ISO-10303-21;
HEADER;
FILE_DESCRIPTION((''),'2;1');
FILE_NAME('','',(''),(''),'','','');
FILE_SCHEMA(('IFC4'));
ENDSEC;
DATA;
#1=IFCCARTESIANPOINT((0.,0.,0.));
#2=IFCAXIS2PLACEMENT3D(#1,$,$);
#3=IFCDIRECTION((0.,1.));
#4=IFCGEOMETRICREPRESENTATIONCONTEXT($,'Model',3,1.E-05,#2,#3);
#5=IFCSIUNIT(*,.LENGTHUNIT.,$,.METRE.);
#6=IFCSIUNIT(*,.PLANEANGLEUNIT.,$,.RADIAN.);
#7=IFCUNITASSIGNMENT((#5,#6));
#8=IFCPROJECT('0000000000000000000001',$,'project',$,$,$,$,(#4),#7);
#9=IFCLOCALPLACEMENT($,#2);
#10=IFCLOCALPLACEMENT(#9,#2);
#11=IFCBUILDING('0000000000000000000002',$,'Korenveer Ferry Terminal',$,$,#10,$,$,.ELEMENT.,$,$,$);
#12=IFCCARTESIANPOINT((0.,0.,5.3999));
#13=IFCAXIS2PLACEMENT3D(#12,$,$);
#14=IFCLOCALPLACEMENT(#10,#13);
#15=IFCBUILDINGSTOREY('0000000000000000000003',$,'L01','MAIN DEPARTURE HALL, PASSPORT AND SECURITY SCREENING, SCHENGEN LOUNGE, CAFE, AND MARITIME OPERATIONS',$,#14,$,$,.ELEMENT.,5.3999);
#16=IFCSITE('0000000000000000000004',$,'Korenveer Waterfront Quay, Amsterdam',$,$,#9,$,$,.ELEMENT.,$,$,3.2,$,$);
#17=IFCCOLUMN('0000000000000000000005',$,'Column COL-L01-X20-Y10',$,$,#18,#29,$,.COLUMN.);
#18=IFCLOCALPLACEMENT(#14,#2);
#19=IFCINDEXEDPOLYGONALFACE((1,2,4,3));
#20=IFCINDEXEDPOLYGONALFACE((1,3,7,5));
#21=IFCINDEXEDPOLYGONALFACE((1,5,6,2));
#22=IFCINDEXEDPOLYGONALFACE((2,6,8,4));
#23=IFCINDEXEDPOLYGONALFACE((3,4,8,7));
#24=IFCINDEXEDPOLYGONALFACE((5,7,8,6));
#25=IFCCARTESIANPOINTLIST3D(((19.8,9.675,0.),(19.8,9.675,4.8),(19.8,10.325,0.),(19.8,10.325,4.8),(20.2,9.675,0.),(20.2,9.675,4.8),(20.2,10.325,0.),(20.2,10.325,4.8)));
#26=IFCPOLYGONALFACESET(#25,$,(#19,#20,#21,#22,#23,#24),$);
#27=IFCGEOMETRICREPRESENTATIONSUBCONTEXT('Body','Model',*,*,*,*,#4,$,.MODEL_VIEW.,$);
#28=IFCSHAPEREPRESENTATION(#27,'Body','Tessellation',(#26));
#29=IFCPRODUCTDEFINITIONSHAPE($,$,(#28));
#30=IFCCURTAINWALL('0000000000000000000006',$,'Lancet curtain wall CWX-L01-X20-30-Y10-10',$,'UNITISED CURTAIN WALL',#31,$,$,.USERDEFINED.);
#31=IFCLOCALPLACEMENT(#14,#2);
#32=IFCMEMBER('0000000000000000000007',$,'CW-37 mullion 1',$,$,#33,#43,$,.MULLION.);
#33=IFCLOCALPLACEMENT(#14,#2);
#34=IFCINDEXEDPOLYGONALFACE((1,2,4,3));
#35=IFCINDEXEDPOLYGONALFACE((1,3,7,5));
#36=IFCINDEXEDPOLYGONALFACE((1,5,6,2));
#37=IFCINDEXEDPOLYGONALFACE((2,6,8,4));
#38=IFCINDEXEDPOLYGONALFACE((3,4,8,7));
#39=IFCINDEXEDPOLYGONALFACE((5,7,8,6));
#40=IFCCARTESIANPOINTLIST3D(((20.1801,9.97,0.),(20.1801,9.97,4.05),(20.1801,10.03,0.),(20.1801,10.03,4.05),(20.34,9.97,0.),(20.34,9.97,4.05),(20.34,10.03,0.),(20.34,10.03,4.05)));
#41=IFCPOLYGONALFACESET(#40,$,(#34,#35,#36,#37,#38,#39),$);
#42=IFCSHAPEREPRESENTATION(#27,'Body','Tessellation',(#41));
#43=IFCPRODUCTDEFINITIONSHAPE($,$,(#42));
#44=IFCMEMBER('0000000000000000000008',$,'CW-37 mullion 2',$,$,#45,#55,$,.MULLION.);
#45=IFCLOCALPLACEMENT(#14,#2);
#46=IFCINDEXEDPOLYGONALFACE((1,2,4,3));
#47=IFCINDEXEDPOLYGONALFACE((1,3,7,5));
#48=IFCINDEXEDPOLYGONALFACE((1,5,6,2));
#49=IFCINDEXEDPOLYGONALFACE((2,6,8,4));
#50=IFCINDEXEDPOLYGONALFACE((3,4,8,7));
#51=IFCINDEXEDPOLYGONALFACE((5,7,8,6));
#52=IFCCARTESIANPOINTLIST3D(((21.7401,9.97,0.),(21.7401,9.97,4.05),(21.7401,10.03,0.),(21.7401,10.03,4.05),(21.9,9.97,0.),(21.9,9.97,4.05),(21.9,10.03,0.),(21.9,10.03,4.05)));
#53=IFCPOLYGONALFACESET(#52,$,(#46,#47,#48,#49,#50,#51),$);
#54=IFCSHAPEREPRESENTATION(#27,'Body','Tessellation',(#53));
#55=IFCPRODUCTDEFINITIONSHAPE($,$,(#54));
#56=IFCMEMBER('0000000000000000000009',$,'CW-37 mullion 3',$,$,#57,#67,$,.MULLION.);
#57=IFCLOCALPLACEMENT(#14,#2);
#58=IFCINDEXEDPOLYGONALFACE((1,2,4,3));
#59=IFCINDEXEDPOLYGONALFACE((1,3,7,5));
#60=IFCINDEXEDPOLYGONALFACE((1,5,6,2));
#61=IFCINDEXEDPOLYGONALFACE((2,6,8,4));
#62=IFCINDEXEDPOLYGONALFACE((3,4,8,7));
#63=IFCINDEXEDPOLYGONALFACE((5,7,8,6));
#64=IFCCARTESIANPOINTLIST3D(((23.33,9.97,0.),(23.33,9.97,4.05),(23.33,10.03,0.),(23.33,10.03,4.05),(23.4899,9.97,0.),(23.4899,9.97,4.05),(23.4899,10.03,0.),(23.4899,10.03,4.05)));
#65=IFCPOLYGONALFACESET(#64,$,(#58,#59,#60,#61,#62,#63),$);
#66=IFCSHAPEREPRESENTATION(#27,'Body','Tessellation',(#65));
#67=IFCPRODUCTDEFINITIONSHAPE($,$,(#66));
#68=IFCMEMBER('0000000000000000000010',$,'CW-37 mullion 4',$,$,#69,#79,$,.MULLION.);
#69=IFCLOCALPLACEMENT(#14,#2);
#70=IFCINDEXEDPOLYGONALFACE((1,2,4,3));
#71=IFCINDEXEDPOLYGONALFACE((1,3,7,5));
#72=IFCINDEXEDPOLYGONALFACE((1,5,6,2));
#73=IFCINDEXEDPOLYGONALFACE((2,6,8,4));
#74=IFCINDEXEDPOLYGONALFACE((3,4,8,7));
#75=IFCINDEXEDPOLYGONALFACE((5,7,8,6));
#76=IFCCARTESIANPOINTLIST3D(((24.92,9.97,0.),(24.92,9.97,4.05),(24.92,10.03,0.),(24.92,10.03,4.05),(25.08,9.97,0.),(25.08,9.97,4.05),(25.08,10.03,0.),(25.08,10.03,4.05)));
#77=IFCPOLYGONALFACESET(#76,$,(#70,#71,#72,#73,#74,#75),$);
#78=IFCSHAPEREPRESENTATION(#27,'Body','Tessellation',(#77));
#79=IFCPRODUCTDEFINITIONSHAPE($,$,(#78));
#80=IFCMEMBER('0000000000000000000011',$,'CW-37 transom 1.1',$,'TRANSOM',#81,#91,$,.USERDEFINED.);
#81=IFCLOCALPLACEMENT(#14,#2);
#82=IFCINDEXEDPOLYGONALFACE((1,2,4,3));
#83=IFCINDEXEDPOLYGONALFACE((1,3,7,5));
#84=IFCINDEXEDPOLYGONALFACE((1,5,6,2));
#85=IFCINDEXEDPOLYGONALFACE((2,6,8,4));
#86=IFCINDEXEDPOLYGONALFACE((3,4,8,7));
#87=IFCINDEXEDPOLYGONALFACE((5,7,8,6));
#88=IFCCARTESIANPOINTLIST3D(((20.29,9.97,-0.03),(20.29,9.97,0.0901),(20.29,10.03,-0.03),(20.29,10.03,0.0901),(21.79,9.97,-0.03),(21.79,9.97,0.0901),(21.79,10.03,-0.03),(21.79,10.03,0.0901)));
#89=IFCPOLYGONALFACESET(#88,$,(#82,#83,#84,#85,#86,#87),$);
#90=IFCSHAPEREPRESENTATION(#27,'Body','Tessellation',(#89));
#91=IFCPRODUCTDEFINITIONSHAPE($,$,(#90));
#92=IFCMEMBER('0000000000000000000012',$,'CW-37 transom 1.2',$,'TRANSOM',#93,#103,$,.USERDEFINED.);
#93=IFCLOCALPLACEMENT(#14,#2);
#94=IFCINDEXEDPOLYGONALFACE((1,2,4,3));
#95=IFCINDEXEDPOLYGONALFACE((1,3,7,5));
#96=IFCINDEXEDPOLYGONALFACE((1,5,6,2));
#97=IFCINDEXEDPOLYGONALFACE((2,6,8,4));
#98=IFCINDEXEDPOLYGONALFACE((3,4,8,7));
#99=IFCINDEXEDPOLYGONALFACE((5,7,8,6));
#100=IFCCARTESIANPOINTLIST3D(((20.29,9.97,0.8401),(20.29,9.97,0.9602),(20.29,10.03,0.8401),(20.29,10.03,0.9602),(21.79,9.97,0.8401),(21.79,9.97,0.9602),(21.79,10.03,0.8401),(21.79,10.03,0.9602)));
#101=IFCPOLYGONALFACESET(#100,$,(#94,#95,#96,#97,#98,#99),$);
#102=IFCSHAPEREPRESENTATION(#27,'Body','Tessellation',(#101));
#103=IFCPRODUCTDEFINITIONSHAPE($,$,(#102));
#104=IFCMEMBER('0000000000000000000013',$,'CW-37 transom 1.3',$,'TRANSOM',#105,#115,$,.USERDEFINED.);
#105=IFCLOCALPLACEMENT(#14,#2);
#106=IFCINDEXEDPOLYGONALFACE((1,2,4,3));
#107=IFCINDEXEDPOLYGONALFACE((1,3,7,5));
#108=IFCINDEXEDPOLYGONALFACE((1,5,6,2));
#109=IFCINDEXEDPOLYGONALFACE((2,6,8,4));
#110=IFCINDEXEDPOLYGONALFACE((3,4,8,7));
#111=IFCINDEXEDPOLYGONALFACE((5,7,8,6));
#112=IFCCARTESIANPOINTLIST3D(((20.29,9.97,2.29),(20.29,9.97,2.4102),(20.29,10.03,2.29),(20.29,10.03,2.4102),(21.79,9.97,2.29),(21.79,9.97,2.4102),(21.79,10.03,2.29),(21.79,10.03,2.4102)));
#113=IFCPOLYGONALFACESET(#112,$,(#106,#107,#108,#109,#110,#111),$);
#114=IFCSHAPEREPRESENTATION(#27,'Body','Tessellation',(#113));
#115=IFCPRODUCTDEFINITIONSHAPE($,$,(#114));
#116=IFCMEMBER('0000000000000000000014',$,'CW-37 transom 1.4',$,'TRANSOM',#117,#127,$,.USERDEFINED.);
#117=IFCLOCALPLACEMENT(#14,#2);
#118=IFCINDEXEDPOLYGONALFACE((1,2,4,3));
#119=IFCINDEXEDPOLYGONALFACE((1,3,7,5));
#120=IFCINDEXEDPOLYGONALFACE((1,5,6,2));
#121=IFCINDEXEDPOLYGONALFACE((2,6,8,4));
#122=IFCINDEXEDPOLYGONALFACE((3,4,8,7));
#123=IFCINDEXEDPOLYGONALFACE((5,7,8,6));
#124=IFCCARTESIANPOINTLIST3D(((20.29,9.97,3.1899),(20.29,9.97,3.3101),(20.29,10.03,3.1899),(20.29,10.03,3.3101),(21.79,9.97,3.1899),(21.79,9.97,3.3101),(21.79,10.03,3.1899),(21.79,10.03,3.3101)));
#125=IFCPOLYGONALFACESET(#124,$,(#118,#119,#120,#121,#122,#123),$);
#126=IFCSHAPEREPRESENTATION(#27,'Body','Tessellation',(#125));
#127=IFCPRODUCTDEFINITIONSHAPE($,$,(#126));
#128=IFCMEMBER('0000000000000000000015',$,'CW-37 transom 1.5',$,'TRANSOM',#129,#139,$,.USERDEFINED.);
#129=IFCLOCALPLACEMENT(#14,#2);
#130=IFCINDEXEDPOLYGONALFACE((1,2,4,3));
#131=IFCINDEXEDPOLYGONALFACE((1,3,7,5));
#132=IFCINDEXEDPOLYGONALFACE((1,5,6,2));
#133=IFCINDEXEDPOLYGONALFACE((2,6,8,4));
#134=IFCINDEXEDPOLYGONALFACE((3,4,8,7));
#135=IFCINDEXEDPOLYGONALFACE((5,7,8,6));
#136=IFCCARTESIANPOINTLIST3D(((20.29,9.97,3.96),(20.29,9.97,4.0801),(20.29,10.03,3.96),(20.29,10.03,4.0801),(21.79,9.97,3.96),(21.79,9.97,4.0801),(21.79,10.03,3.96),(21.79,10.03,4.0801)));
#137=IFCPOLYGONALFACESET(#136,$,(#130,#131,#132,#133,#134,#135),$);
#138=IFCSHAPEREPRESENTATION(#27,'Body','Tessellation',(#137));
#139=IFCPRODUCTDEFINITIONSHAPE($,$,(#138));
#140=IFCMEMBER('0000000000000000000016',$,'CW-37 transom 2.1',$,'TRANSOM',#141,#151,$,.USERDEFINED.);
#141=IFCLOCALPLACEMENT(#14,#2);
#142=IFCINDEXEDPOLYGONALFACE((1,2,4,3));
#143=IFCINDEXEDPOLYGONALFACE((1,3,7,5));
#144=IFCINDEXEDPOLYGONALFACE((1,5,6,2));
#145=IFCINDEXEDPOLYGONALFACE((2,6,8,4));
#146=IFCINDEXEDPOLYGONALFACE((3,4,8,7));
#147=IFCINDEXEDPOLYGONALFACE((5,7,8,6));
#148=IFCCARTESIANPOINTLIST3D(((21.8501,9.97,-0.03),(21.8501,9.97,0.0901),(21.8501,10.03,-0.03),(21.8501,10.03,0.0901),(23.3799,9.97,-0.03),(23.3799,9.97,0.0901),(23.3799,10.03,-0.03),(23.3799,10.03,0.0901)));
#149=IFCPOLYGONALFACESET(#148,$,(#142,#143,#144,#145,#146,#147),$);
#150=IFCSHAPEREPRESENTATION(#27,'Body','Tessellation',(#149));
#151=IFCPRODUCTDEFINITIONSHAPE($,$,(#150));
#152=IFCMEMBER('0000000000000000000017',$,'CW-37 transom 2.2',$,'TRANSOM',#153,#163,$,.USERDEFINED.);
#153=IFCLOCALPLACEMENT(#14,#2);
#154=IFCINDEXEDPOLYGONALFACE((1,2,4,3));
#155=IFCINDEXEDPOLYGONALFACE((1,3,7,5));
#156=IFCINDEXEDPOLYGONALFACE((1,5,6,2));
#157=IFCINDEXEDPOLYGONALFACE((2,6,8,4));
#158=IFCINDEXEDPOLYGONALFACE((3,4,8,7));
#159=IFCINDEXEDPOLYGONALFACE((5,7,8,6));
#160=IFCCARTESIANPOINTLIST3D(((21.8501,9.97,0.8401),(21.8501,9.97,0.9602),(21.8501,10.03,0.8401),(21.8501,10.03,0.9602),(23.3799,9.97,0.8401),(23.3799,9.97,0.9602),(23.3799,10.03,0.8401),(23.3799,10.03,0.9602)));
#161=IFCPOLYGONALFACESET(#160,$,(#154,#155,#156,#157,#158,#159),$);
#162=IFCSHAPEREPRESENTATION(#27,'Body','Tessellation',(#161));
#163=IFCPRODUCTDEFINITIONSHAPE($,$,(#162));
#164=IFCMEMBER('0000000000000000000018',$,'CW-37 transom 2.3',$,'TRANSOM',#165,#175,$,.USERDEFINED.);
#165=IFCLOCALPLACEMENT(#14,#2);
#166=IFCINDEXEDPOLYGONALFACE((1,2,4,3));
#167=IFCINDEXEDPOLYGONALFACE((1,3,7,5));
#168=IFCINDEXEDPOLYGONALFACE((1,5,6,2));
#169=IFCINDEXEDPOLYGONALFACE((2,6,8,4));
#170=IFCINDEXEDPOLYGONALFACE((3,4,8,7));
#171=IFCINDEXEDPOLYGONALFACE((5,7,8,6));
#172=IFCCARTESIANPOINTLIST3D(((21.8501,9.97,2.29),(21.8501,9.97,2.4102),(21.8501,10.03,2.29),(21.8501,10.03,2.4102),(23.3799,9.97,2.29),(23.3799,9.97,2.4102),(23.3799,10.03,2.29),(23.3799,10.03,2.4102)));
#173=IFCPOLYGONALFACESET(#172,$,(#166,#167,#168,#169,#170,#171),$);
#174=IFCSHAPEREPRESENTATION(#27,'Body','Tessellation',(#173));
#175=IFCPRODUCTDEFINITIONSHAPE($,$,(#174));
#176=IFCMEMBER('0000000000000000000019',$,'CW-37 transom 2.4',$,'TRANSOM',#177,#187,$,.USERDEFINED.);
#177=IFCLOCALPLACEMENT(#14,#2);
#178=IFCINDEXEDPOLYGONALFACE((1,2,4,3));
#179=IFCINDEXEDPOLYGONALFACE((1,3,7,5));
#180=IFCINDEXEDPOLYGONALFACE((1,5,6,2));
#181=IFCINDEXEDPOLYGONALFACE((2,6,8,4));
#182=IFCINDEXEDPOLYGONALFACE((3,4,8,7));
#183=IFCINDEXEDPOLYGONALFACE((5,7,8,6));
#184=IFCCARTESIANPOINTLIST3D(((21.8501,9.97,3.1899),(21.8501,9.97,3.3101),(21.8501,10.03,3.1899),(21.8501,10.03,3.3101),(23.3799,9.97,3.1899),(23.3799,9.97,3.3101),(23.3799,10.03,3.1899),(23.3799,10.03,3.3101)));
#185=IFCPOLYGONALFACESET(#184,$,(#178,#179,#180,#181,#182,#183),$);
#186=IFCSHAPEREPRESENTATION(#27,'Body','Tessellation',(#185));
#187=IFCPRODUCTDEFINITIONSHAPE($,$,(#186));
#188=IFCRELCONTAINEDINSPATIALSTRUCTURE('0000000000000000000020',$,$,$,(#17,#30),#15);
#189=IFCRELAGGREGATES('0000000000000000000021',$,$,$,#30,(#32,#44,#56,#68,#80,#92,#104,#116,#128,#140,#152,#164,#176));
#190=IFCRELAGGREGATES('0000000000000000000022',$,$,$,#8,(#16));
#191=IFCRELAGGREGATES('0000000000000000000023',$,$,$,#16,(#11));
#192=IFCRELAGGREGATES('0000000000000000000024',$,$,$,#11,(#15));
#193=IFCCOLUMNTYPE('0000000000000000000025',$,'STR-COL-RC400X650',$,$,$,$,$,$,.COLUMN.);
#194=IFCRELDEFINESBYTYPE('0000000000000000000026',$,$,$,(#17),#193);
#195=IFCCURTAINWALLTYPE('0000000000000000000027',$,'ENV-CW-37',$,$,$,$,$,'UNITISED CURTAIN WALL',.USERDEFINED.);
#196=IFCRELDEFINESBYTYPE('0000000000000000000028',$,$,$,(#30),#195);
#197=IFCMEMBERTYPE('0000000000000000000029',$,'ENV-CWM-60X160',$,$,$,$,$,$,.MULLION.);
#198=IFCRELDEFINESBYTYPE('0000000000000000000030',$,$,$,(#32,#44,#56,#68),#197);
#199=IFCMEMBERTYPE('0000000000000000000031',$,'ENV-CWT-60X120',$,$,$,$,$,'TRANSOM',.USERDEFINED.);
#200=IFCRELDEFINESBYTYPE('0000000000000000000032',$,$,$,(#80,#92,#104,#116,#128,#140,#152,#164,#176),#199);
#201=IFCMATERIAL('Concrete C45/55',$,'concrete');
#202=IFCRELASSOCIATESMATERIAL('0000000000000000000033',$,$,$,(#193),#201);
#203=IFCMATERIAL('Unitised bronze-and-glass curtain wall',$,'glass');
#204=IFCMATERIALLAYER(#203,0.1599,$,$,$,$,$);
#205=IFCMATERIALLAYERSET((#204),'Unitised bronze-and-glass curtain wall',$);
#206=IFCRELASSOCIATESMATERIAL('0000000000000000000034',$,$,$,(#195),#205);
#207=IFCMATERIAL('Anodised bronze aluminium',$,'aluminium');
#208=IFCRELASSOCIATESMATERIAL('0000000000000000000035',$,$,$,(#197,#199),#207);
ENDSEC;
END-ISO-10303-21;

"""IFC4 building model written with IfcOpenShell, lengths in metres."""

from ifc_helpers import new_model, si_unit, direction, frame, origin, origin_2d, place, context, subcontext, project, spatial, rectangle, extrude, material, layer, layer_set, material_profile, profile_set, type_object, element, aggregate, save


model = new_model("IFC4")

# Units and contexts
model_context = context("Model", 3, precision=1e-05, world=origin(), true_north=direction((0.0, 1.0)))
body_context = subcontext(model_context, "Body", "Model", "MODEL_VIEW")
ifc_project = project(units=[si_unit("LENGTHUNIT", "METRE"), si_unit("PLANEANGLEUNIT", "RADIAN")], contexts=[model_context])

# Site, building, storey
site_placement = place(None, origin())
site = spatial("IfcSite", under=ifc_project, at=site_placement, Name="Korenveer Waterfront Quay, Amsterdam", CompositionType="ELEMENT", RefElevation=3.2)
building_placement = place(site_placement, origin())
building = spatial("IfcBuilding", under=site, at=building_placement, Name="Korenveer Ferry Terminal", CompositionType="ELEMENT")
storey_placement = place(building_placement, frame((0.0, 0.0, 5.3999)))
storey = spatial("IfcBuildingStorey", under=building, at=storey_placement, Name="L01", Description="MAIN DEPARTURE HALL, PASSPORT AND SECURITY SCREENING, SCHENGEN LOUNGE, CAFE, AND MARITIME OPERATIONS", CompositionType="ELEMENT", Elevation=5.3999)

# Column
ifc_material_1 = material(Name="Concrete C45/55", Category="concrete")
ifc_material_profile_1 = material_profile(ifc_material_1, rectangle(XDim=0.3999, YDim=0.6499, at=origin_2d()), Name="RC 400x650")
ifc_profile_set_1 = profile_set([ifc_material_profile_1], Name="Concrete C45/55")
column_type = type_object("IfcColumnType", Name="STR-COL-RC400X650", PredefinedType="COLUMN", material=ifc_profile_set_1)
column_placement = place(storey_placement, frame((20.0, 10.0, 0.0), z_axis=(0.0, 0.0, 1.0), x_axis=(1.0, 0.0, 0.0)))
element("IfcColumn", 1, at=column_placement, inside=storey, type_object=column_type, Name="Column COL-L01-X20-Y10", PredefinedType="COLUMN", context=body_context, shape_type="SweptSolid", body=[
    extrude(rectangle(XDim=0.3999, YDim=0.6499, at=origin_2d()), origin(), (0.0, 0.0, 1.0), 4.8),
])

# Curtain wall, members
ifc_material_2 = material(Name="Unitised bronze-and-glass curtain wall", Category="glass")
ifc_layer_1 = layer(ifc_material_2, 0.1599)
ifc_layer_set_1 = layer_set([ifc_layer_1], Name="Unitised bronze-and-glass curtain wall")
curtain_wall_type = type_object("IfcCurtainWallType", Name="ENV-CW-37", ElementType="UNITISED CURTAIN WALL", PredefinedType="USERDEFINED", material=ifc_layer_set_1)
curtain_wall_placement = place(storey_placement, frame((20.23, 10.0, 0.0)))
curtain_wall = element("IfcCurtainWall", 2, at=curtain_wall_placement, inside=storey, type_object=curtain_wall_type, Name="Lancet curtain wall CWX-L01-X20-30-Y10-10", ObjectType="UNITISED CURTAIN WALL", PredefinedType="USERDEFINED")
ifc_material_3 = material(Name="Anodised bronze aluminium", Category="aluminium")
ifc_material_profile_2 = material_profile(ifc_material_3, rectangle(XDim=0.0601, YDim=0.1599, at=origin_2d()), Name="ALU 60x160")
ifc_profile_set_2 = profile_set([ifc_material_profile_2], Name="Anodised bronze aluminium")
member_type_1 = type_object("IfcMemberType", Name="ENV-CWM-60X160", PredefinedType="MULLION", material=ifc_profile_set_2)
member_1_placement = place(storey_placement, frame((20.26, 10.0, 0.0), z_axis=(0.0, 0.0, 1.0), x_axis=(0.0, 1.0, 0.0)))
member_1 = element("IfcMember", 3, at=member_1_placement, type_object=member_type_1, Name="CW-37 mullion 1", PredefinedType="MULLION", context=body_context, shape_type="SweptSolid", body=[
    extrude(rectangle(XDim=0.0601, YDim=0.1599, at=origin_2d()), origin(), (0.0, 0.0, 1.0), 4.05),
])
member_2_placement = place(storey_placement, frame((21.8201, 10.0, 0.0), z_axis=(0.0, 0.0, 1.0), x_axis=(0.0, 1.0, 0.0)))
member_2 = element("IfcMember", 4, at=member_2_placement, type_object=member_type_1, Name="CW-37 mullion 2", PredefinedType="MULLION", context=body_context, shape_type="SweptSolid", body=[
    extrude(rectangle(XDim=0.0601, YDim=0.1599, at=origin_2d()), origin(), (0.0, 0.0, 1.0), 4.05),
])
member_3_placement = place(storey_placement, frame((23.4099, 10.0, 0.0), z_axis=(0.0, 0.0, 1.0), x_axis=(0.0, 1.0, 0.0)))
member_3 = element("IfcMember", 5, at=member_3_placement, type_object=member_type_1, Name="CW-37 mullion 3", PredefinedType="MULLION", context=body_context, shape_type="SweptSolid", body=[
    extrude(rectangle(XDim=0.0601, YDim=0.1599, at=origin_2d()), origin(), (0.0, 0.0, 1.0), 4.05),
])
member_4_placement = place(storey_placement, frame((25.0, 10.0, 0.0), z_axis=(0.0, 0.0, 1.0), x_axis=(0.0, 1.0, 0.0)))
member_4 = element("IfcMember", 6, at=member_4_placement, type_object=member_type_1, Name="CW-37 mullion 4", PredefinedType="MULLION", context=body_context, shape_type="SweptSolid", body=[
    extrude(rectangle(XDim=0.0601, YDim=0.1599, at=origin_2d()), origin(), (0.0, 0.0, 1.0), 4.05),
])
ifc_material_profile_3 = material_profile(ifc_material_3, rectangle(XDim=0.0601, YDim=0.1201, at=origin_2d()), Name="ALU 60x120")
ifc_profile_set_3 = profile_set([ifc_material_profile_3], Name="Anodised bronze aluminium")
member_type_2 = type_object("IfcMemberType", Name="ENV-CWT-60X120", ElementType="TRANSOM", PredefinedType="USERDEFINED", material=ifc_profile_set_3)
member_5_placement = place(storey_placement, frame((20.29, 10.0, 0.03), z_axis=(1.0, 0.0, 0.0), x_axis=(0.0, 1.0, 0.0)))
member_5 = element("IfcMember", 7, at=member_5_placement, type_object=member_type_2, Name="CW-37 transom 1.1", ObjectType="TRANSOM", PredefinedType="USERDEFINED", context=body_context, shape_type="SweptSolid", body=[
    extrude(rectangle(XDim=0.0601, YDim=0.1201, at=origin_2d()), origin(), (0.0, 0.0, 1.0), 1.5),
])
member_6_placement = place(storey_placement, frame((20.29, 10.0, 0.9001), z_axis=(1.0, 0.0, 0.0), x_axis=(0.0, 1.0, 0.0)))
member_6 = element("IfcMember", 8, at=member_6_placement, type_object=member_type_2, Name="CW-37 transom 1.2", ObjectType="TRANSOM", PredefinedType="USERDEFINED", context=body_context, shape_type="SweptSolid", body=[
    extrude(rectangle(XDim=0.0601, YDim=0.1201, at=origin_2d()), origin(), (0.0, 0.0, 1.0), 1.5),
])
member_7_placement = place(storey_placement, frame((20.29, 10.0, 2.3501), z_axis=(1.0, 0.0, 0.0), x_axis=(0.0, 1.0, 0.0)))
member_7 = element("IfcMember", 9, at=member_7_placement, type_object=member_type_2, Name="CW-37 transom 1.3", ObjectType="TRANSOM", PredefinedType="USERDEFINED", context=body_context, shape_type="SweptSolid", body=[
    extrude(rectangle(XDim=0.0601, YDim=0.1201, at=origin_2d()), origin(), (0.0, 0.0, 1.0), 1.5),
])
member_8_placement = place(storey_placement, frame((20.29, 10.0, 3.25), z_axis=(1.0, 0.0, 0.0), x_axis=(0.0, 1.0, 0.0)))
member_8 = element("IfcMember", 10, at=member_8_placement, type_object=member_type_2, Name="CW-37 transom 1.4", ObjectType="TRANSOM", PredefinedType="USERDEFINED", context=body_context, shape_type="SweptSolid", body=[
    extrude(rectangle(XDim=0.0601, YDim=0.1201, at=origin_2d()), origin(), (0.0, 0.0, 1.0), 1.5),
])
member_9_placement = place(storey_placement, frame((20.29, 10.0, 4.02), z_axis=(1.0, 0.0, 0.0), x_axis=(0.0, 1.0, 0.0)))
member_9 = element("IfcMember", 11, at=member_9_placement, type_object=member_type_2, Name="CW-37 transom 1.5", ObjectType="TRANSOM", PredefinedType="USERDEFINED", context=body_context, shape_type="SweptSolid", body=[
    extrude(rectangle(XDim=0.0601, YDim=0.1201, at=origin_2d()), origin(), (0.0, 0.0, 1.0), 1.5),
])
member_10_placement = place(storey_placement, frame((21.8501, 10.0, 0.03), z_axis=(1.0, 0.0, 0.0), x_axis=(0.0, 1.0, 0.0)))
member_10 = element("IfcMember", 12, at=member_10_placement, type_object=member_type_2, Name="CW-37 transom 2.1", ObjectType="TRANSOM", PredefinedType="USERDEFINED", context=body_context, shape_type="SweptSolid", body=[
    extrude(rectangle(XDim=0.0601, YDim=0.1201, at=origin_2d()), origin(), (0.0, 0.0, 1.0), 1.5298),
])
member_11_placement = place(storey_placement, frame((21.8501, 10.0, 0.9001), z_axis=(1.0, 0.0, 0.0), x_axis=(0.0, 1.0, 0.0)))
member_11 = element("IfcMember", 13, at=member_11_placement, type_object=member_type_2, Name="CW-37 transom 2.2", ObjectType="TRANSOM", PredefinedType="USERDEFINED", context=body_context, shape_type="SweptSolid", body=[
    extrude(rectangle(XDim=0.0601, YDim=0.1201, at=origin_2d()), origin(), (0.0, 0.0, 1.0), 1.5298),
])
member_12_placement = place(storey_placement, frame((21.8501, 10.0, 2.3501), z_axis=(1.0, 0.0, 0.0), x_axis=(0.0, 1.0, 0.0)))
member_12 = element("IfcMember", 14, at=member_12_placement, type_object=member_type_2, Name="CW-37 transom 2.3", ObjectType="TRANSOM", PredefinedType="USERDEFINED", context=body_context, shape_type="SweptSolid", body=[
    extrude(rectangle(XDim=0.0601, YDim=0.1201, at=origin_2d()), origin(), (0.0, 0.0, 1.0), 1.5298),
])
member_13_placement = place(storey_placement, frame((21.8501, 10.0, 3.25), z_axis=(1.0, 0.0, 0.0), x_axis=(0.0, 1.0, 0.0)))
member_13 = element("IfcMember", 15, at=member_13_placement, type_object=member_type_2, Name="CW-37 transom 2.4", ObjectType="TRANSOM", PredefinedType="USERDEFINED", context=body_context, shape_type="SweptSolid", body=[
    extrude(rectangle(XDim=0.0601, YDim=0.1201, at=origin_2d()), origin(), (0.0, 0.0, 1.0), 1.5298),
])

aggregate(curtain_wall, [member_1, member_2, member_3, member_4, member_5, member_6, member_7, member_8, member_9, member_10, member_11, member_12, member_13])

save(model, "model.ifc")
